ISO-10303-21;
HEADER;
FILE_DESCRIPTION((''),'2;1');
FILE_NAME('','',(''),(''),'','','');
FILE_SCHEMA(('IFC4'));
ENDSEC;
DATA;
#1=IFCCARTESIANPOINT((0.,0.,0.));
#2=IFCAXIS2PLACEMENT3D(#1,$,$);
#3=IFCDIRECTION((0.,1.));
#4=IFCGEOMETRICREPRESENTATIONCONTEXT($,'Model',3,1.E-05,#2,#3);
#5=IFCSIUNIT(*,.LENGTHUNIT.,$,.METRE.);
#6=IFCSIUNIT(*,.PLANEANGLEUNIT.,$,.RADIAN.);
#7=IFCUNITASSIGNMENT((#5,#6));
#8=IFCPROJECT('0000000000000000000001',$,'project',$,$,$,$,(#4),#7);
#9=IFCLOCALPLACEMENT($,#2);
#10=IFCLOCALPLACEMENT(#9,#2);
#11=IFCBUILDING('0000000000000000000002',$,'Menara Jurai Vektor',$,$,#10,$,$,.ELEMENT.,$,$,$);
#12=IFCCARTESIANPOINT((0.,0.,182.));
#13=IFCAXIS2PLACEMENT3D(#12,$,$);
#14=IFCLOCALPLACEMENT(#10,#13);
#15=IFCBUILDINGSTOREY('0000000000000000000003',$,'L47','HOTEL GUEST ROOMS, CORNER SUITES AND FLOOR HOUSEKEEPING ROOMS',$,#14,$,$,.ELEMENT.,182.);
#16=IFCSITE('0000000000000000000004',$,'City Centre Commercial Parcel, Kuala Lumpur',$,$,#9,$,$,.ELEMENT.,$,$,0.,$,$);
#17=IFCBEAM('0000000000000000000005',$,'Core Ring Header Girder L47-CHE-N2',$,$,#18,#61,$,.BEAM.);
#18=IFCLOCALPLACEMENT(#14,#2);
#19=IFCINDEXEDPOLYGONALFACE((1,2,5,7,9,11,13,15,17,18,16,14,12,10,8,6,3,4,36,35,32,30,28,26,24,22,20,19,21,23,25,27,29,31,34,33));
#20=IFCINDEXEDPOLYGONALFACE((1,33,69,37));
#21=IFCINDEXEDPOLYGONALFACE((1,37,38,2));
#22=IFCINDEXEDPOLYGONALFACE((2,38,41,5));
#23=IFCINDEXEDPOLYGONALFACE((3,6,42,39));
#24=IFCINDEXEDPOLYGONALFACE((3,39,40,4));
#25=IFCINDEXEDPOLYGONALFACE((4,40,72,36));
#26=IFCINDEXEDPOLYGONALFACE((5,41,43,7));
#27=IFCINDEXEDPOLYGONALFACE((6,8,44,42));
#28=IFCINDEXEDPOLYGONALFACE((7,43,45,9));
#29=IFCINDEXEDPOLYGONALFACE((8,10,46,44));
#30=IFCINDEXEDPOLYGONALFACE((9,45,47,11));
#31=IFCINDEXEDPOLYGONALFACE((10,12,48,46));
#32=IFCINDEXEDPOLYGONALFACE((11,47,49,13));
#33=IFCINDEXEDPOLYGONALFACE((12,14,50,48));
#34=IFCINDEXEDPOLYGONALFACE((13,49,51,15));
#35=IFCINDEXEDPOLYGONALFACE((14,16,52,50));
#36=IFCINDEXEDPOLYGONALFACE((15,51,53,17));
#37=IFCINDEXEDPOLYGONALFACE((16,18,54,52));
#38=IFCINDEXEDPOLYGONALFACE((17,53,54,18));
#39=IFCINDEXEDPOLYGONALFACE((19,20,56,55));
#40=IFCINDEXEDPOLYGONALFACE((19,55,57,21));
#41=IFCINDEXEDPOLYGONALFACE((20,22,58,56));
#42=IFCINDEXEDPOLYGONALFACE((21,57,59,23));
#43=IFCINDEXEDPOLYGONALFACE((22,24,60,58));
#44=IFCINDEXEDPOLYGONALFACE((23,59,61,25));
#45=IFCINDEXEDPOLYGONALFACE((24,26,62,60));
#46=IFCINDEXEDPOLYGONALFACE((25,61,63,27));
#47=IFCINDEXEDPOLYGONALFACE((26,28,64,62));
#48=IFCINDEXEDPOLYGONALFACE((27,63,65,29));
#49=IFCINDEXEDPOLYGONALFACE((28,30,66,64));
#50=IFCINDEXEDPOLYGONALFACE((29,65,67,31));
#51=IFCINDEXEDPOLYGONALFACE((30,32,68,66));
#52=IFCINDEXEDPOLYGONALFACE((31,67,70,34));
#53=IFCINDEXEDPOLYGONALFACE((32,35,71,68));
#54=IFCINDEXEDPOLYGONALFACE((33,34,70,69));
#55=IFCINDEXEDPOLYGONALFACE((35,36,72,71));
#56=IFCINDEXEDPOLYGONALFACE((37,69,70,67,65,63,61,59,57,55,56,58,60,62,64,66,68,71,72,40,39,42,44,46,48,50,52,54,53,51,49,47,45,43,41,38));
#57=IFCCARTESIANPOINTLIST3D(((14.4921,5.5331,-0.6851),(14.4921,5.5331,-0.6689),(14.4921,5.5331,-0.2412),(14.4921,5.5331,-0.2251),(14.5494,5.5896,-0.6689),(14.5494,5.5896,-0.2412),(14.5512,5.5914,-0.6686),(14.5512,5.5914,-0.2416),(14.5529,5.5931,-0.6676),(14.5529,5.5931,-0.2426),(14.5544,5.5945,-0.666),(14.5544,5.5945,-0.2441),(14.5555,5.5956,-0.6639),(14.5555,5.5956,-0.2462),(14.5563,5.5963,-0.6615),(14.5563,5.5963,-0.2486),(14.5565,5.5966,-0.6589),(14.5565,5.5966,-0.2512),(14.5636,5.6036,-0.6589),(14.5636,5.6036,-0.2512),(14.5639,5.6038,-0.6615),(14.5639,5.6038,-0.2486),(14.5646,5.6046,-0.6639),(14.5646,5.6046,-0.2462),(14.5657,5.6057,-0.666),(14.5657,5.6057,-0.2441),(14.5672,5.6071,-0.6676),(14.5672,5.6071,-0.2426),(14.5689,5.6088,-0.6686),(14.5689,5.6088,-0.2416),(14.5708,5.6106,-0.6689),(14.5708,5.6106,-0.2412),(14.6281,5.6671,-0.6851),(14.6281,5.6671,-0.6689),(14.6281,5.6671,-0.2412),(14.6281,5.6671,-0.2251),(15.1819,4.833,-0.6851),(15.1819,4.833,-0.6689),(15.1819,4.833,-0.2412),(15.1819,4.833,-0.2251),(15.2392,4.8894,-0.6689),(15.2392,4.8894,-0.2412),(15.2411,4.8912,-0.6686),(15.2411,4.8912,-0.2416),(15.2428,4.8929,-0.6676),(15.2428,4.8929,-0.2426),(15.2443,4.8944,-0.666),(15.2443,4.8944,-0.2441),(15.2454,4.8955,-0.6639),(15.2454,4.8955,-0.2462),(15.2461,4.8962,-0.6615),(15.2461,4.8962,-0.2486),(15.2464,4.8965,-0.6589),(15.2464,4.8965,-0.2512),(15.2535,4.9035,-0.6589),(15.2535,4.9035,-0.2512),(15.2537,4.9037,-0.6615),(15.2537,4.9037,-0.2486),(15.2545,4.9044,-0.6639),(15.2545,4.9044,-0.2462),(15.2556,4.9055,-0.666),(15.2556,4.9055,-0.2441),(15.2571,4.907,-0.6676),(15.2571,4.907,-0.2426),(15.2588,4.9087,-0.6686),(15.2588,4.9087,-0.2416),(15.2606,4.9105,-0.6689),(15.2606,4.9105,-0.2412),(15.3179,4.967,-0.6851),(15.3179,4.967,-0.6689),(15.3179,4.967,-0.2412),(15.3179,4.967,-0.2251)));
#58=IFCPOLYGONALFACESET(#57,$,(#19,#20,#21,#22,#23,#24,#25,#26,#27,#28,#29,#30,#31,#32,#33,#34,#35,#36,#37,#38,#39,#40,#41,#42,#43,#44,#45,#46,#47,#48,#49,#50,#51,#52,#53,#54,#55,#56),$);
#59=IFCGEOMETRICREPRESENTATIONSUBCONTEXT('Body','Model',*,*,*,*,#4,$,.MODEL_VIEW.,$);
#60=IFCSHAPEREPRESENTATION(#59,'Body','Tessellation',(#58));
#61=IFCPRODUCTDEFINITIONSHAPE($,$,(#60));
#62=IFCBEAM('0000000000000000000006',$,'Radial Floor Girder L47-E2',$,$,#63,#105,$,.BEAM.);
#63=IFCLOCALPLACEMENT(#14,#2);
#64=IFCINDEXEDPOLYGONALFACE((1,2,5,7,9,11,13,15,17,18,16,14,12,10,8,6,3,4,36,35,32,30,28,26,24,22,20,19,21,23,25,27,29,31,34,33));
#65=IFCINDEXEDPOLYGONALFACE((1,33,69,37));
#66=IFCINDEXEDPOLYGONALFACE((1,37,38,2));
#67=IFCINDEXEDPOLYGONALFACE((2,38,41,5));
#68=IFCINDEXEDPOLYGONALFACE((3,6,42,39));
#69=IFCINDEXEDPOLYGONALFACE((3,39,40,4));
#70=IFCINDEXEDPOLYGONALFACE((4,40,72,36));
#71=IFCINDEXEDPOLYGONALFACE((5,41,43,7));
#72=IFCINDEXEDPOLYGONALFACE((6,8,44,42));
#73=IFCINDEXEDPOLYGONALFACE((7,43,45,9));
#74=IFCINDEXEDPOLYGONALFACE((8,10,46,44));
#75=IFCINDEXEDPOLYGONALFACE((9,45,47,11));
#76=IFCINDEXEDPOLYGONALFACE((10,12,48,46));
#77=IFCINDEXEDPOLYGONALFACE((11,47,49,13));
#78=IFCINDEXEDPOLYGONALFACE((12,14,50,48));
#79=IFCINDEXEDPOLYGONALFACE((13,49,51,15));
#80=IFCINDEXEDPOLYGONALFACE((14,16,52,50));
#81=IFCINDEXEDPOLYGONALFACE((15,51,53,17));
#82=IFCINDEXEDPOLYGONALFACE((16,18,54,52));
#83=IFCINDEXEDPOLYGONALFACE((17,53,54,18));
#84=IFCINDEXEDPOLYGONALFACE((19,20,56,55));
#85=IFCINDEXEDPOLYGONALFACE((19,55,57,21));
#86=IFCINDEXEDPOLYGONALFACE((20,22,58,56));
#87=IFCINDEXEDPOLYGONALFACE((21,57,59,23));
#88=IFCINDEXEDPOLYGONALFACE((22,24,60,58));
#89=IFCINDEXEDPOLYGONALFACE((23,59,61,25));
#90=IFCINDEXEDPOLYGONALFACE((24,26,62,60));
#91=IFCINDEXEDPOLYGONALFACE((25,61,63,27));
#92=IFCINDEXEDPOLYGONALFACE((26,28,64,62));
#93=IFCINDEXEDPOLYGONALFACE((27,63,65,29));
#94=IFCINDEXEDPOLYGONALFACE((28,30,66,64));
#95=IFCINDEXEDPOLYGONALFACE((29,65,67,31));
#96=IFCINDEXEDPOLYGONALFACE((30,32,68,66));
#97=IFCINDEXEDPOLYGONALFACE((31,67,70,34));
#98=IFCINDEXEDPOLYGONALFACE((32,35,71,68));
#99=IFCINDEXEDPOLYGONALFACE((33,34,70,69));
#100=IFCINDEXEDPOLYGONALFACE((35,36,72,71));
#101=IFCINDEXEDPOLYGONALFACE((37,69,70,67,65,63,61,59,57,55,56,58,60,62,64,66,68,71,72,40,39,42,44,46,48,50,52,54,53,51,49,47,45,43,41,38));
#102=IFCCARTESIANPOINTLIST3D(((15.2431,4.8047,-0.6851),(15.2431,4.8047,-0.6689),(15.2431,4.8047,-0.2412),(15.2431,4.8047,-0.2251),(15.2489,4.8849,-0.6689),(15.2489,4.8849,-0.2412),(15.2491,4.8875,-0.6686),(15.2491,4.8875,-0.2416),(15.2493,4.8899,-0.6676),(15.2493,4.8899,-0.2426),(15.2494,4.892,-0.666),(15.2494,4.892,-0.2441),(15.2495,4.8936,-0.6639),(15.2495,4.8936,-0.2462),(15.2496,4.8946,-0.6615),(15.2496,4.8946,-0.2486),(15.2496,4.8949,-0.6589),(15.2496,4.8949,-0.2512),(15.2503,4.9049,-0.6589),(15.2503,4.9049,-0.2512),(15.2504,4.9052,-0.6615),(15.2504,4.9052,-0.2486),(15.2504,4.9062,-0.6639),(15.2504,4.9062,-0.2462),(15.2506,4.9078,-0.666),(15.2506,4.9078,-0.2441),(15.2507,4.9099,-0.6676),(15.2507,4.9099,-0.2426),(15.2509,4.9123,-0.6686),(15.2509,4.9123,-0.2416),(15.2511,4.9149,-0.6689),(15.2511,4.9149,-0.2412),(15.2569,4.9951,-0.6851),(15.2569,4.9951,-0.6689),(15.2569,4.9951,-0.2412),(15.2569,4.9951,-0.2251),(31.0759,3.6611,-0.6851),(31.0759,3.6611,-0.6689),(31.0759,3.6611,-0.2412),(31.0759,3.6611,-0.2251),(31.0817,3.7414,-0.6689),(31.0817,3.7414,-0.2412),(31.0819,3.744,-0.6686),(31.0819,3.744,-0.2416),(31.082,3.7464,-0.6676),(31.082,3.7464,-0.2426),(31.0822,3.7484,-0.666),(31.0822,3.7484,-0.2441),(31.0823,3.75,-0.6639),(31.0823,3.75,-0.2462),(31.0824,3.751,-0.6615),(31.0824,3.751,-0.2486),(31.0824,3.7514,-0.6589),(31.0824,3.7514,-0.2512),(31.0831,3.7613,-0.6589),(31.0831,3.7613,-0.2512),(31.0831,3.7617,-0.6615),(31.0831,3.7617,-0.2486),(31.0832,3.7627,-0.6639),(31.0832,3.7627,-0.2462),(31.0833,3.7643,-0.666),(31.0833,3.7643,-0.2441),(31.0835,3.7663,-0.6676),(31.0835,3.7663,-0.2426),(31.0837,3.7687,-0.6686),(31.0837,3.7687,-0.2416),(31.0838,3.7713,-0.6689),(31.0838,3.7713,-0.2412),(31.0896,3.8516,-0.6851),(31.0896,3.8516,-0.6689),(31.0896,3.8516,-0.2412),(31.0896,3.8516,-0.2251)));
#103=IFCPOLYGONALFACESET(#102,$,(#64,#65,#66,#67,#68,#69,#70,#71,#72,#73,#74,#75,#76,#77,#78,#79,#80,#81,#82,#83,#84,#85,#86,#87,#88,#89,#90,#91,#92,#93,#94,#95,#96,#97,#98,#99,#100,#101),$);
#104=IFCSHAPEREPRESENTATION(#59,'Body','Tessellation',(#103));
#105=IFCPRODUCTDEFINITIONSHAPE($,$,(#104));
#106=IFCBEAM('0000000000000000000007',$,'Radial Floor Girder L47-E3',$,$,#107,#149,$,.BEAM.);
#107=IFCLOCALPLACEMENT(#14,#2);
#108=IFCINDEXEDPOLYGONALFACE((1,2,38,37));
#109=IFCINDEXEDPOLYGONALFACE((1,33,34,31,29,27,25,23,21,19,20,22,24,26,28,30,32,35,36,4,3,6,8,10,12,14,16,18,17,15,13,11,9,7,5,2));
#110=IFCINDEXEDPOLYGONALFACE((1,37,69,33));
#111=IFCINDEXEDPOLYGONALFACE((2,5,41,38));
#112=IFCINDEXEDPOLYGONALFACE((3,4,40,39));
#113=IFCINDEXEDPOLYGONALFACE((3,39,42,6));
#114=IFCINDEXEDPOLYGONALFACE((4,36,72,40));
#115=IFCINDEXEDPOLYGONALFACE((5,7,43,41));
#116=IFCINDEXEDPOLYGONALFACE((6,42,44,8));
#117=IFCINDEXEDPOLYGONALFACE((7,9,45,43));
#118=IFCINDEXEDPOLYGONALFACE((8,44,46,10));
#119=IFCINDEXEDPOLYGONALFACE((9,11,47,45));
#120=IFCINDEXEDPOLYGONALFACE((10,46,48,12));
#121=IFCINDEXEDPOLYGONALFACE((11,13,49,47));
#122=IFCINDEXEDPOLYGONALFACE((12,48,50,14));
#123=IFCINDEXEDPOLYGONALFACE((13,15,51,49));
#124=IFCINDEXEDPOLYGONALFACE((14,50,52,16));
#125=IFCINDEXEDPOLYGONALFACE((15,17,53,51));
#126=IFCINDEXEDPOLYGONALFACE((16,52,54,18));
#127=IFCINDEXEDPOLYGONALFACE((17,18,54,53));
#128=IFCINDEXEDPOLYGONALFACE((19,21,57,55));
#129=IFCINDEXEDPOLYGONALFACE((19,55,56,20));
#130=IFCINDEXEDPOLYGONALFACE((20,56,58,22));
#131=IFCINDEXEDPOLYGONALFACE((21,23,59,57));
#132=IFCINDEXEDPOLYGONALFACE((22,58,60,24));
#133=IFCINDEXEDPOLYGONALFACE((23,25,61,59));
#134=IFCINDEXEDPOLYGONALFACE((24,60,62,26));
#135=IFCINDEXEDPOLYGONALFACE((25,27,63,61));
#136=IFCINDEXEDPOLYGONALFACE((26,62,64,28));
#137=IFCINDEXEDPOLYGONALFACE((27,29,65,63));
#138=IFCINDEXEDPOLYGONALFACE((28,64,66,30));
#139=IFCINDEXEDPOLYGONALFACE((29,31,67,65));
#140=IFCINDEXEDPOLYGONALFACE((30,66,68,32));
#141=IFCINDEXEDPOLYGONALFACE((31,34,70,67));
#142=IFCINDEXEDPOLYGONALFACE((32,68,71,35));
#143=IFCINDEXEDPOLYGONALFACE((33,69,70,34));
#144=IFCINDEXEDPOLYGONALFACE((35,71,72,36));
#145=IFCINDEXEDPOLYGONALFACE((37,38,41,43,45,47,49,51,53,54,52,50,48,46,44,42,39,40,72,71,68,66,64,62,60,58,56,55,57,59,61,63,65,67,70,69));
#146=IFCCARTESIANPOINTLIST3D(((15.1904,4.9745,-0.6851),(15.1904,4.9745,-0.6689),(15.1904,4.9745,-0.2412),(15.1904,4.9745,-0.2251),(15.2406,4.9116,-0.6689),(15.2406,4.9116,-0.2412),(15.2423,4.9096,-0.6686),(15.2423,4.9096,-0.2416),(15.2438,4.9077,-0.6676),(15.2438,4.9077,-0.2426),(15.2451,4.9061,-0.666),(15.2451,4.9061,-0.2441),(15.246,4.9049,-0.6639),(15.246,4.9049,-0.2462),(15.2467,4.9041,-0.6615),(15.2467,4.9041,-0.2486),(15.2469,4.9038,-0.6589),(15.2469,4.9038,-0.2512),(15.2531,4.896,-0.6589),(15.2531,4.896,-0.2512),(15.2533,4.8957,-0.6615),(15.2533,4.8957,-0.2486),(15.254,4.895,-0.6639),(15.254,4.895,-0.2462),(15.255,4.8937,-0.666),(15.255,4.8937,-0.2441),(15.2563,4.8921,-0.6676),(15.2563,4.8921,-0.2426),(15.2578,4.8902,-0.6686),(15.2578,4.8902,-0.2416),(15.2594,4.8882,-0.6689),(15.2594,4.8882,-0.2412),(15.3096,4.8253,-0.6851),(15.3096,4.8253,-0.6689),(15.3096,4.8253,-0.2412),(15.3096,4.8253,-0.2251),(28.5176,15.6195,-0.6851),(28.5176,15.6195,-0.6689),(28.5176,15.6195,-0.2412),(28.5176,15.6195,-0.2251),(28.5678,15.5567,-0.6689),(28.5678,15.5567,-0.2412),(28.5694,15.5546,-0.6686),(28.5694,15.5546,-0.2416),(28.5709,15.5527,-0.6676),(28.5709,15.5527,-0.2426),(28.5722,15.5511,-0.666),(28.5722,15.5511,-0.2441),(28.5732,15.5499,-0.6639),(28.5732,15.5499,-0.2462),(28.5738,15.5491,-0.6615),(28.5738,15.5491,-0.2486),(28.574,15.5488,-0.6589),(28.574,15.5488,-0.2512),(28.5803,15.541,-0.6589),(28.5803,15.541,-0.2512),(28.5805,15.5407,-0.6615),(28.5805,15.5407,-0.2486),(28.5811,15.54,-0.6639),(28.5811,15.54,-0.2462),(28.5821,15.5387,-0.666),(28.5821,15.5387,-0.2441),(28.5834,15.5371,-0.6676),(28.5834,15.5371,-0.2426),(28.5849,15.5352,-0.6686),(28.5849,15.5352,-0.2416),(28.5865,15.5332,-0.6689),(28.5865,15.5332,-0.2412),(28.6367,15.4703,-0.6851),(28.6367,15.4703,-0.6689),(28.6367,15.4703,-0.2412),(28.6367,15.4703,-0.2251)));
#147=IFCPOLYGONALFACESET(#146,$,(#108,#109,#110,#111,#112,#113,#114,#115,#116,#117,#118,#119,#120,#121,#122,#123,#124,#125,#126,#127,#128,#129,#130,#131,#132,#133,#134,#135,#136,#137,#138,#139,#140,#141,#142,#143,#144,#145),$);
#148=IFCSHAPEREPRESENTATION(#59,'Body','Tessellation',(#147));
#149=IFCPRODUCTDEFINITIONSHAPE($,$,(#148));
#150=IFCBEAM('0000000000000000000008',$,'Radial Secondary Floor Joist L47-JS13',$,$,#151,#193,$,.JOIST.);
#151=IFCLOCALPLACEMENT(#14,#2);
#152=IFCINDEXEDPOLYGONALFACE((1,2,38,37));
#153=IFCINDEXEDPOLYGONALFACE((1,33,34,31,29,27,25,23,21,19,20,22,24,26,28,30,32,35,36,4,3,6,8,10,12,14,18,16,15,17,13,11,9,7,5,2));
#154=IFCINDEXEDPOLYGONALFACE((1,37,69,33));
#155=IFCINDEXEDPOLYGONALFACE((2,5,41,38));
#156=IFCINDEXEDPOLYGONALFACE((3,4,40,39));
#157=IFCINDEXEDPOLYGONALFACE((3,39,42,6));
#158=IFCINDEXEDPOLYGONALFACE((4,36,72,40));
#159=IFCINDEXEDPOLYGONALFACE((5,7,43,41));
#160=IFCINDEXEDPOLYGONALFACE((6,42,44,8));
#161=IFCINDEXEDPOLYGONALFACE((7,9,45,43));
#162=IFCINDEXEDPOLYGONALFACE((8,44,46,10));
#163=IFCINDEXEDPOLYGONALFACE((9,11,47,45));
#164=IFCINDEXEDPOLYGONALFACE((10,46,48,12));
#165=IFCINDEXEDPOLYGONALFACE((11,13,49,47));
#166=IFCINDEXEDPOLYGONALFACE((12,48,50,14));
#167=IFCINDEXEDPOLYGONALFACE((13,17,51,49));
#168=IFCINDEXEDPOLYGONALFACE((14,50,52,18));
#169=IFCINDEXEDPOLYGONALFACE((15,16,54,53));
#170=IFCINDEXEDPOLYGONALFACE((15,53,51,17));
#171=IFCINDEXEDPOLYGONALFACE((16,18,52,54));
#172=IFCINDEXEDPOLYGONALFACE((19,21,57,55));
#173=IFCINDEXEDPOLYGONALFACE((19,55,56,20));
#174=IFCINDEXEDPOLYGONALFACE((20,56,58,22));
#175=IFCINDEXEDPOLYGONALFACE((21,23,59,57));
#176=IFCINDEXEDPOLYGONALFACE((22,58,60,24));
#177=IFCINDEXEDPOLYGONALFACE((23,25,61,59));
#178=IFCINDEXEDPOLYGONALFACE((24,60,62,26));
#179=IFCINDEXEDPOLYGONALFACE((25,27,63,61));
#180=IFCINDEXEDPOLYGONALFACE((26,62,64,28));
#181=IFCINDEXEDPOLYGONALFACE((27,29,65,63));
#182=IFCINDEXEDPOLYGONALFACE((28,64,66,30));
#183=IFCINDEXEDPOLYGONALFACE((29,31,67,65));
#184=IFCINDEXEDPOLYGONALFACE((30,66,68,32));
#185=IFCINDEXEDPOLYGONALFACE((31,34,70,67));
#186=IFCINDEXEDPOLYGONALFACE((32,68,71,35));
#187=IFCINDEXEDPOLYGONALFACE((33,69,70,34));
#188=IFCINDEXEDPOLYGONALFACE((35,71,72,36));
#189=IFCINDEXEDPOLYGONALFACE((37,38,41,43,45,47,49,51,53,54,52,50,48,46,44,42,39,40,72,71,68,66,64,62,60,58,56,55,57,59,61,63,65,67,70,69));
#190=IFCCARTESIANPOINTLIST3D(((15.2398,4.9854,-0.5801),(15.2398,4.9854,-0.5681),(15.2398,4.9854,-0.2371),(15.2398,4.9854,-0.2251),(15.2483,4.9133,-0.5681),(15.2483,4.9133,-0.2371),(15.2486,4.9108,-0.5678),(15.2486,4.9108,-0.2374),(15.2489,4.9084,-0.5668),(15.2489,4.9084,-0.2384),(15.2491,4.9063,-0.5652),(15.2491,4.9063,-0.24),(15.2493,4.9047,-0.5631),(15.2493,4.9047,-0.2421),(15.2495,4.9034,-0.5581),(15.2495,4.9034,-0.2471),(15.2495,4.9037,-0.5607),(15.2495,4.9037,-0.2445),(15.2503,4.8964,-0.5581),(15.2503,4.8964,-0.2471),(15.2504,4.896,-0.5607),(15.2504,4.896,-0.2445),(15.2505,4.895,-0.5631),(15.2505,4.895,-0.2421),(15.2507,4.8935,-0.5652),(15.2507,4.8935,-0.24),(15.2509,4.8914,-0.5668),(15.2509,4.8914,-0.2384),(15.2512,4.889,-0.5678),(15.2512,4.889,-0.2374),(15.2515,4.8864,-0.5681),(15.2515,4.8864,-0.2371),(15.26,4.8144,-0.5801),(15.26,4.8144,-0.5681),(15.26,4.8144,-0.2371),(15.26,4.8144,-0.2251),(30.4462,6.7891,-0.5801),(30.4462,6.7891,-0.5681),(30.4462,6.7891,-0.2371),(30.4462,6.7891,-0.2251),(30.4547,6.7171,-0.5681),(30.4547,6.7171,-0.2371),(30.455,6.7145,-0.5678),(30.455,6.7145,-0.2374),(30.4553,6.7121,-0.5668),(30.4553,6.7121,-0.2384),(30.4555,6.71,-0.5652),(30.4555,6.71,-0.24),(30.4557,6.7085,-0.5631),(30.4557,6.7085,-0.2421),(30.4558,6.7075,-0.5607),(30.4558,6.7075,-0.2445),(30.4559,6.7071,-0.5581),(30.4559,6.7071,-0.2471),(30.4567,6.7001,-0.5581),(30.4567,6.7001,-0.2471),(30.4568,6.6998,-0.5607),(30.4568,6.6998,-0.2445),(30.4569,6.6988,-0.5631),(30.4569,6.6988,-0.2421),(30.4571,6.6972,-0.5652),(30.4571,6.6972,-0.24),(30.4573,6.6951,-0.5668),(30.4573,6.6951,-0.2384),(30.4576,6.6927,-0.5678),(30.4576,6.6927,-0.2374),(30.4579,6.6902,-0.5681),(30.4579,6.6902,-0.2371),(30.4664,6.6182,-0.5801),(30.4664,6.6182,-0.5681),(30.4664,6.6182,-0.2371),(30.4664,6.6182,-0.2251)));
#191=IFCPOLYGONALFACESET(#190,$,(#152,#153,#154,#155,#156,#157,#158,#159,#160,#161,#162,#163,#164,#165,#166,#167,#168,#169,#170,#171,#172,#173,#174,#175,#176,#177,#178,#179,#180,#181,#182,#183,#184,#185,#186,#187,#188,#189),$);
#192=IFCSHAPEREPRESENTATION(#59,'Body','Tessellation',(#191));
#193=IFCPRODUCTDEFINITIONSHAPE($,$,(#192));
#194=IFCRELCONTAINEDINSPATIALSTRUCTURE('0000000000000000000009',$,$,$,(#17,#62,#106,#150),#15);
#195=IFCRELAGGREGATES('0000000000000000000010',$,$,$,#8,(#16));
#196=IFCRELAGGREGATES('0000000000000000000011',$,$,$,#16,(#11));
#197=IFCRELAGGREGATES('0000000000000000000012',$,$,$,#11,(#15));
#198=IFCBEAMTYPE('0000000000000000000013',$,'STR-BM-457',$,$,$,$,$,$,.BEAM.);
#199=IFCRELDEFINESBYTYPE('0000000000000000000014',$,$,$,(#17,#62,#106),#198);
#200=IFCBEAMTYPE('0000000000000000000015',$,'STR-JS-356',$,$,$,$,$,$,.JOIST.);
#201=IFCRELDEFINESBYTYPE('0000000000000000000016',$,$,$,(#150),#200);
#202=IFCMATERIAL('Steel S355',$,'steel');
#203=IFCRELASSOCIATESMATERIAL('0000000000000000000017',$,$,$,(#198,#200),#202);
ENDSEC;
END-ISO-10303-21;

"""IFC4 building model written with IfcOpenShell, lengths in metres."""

from ifc_helpers import new_model, si_unit, direction, frame, origin, origin_2d, place, context, subcontext, project, spatial, i_section, extrude, material, material_profile, profile_set, type_object, element, save


model = new_model("IFC4")

# Units and contexts
model_context = context("Model", 3, precision=1e-05, world=origin(), true_north=direction((0.0, 1.0)))
body_context = subcontext(model_context, "Body", "Model", "MODEL_VIEW")
ifc_project = project(units=[si_unit("LENGTHUNIT", "METRE"), si_unit("PLANEANGLEUNIT", "RADIAN")], contexts=[model_context])

# Site, building, storey
site_placement = place(None, origin())
site = spatial("IfcSite", under=ifc_project, at=site_placement, Name="City Centre Commercial Parcel, Kuala Lumpur", CompositionType="ELEMENT", RefElevation=0.0)
building_placement = place(site_placement, origin())
building = spatial("IfcBuilding", under=site, at=building_placement, Name="Menara Jurai Vektor", CompositionType="ELEMENT")
storey_placement = place(building_placement, frame((0.0, 0.0, 182.0)))
storey = spatial("IfcBuildingStorey", under=building, at=storey_placement, Name="L47", Description="HOTEL GUEST ROOMS, CORNER SUITES AND FLOOR HOUSEKEEPING ROOMS", CompositionType="ELEMENT", Elevation=182.0)

# Beams
ifc_material_1 = material(Name="Steel S355", Category="steel")
ifc_material_profile_1 = material_profile(ifc_material_1, i_section(OverallWidth=0.1909, OverallDepth=0.46, WebThickness=0.01, FlangeThickness=0.0161, FilletRadius=0.01, at=origin_2d()), Name="UKB 457x191x82")
ifc_profile_set_1 = profile_set([ifc_material_profile_1], Name="Steel S355")
beam_type_1 = type_object("IfcBeamType", Name="STR-BM-457", PredefinedType="BEAM", material=ifc_profile_set_1)
beam_1_placement = place(storey_placement, frame((14.5601, 5.6001, -0.4551), z_axis=(0.701872, -0.712303, 0.0), x_axis=(0.712303, 0.701872, 0.0)))
element("IfcBeam", 1, at=beam_1_placement, inside=storey, type_object=beam_type_1, Name="Core Ring Header Girder L47-CHE-N2", PredefinedType="BEAM", context=body_context, shape_type="SweptSolid", body=[
    extrude(i_section(OverallWidth=0.1909, OverallDepth=0.46, WebThickness=0.01, FlangeThickness=0.0161, FilletRadius=0.01, at=origin_2d()), origin(), (0.0, 0.0, 1.0), 0.9829),
])
beam_2_placement = place(storey_placement, frame((31.0828, 3.7563, -0.4551), z_axis=(-0.997402, 0.072039, 0.0), x_axis=(-0.072039, -0.997402, 0.0)))
element("IfcBeam", 2, at=beam_2_placement, inside=storey, type_object=beam_type_1, Name="Radial Floor Girder L47-E2", PredefinedType="BEAM", context=body_context, shape_type="SweptSolid", body=[
    extrude(i_section(OverallWidth=0.1909, OverallDepth=0.46, WebThickness=0.01, FlangeThickness=0.0161, FilletRadius=0.01, at=origin_2d()), origin(), (0.0, 0.0, 1.0), 15.874),
])
beam_3_placement = place(storey_placement, frame((28.5771, 15.5449, -0.4551), z_axis=(-0.781346, -0.624098, 0.0), x_axis=(0.624098, -0.781346, 0.0)))
element("IfcBeam", 3, at=beam_3_placement, inside=storey, type_object=beam_type_1, Name="Radial Floor Girder L47-E3", PredefinedType="BEAM", context=body_context, shape_type="SweptSolid", body=[
    extrude(i_section(OverallWidth=0.1909, OverallDepth=0.46, WebThickness=0.01, FlangeThickness=0.0161, FilletRadius=0.01, at=origin_2d()), origin(), (0.0, 0.0, 1.0), 17.0566),
])
ifc_material_profile_2 = material_profile(ifc_material_1, i_section(OverallWidth=0.1721, OverallDepth=0.355, WebThickness=0.0071, FlangeThickness=0.012, FilletRadius=0.01, at=origin_2d()), Name="UKB 356x171x51")
ifc_profile_set_2 = profile_set([ifc_material_profile_2], Name="Steel S355")
beam_type_2 = type_object("IfcBeamType", Name="STR-JS-356", PredefinedType="JOIST", material=ifc_profile_set_2)
beam_4_placement = place(storey_placement, frame((30.4563, 6.7036, -0.4026), z_axis=(-0.993038, -0.11779, 0.0), x_axis=(0.11779, -0.993038, 0.0)))
element("IfcBeam", 4, at=beam_4_placement, inside=storey, type_object=beam_type_2, Name="Radial Secondary Floor Joist L47-JS13", PredefinedType="JOIST", context=body_context, shape_type="SweptSolid", body=[
    extrude(i_section(OverallWidth=0.1721, OverallDepth=0.355, WebThickness=0.0071, FlangeThickness=0.012, FilletRadius=0.01, at=origin_2d()), origin(), (0.0, 0.0, 1.0), 15.313),
])

save(model, "model.ifc")
